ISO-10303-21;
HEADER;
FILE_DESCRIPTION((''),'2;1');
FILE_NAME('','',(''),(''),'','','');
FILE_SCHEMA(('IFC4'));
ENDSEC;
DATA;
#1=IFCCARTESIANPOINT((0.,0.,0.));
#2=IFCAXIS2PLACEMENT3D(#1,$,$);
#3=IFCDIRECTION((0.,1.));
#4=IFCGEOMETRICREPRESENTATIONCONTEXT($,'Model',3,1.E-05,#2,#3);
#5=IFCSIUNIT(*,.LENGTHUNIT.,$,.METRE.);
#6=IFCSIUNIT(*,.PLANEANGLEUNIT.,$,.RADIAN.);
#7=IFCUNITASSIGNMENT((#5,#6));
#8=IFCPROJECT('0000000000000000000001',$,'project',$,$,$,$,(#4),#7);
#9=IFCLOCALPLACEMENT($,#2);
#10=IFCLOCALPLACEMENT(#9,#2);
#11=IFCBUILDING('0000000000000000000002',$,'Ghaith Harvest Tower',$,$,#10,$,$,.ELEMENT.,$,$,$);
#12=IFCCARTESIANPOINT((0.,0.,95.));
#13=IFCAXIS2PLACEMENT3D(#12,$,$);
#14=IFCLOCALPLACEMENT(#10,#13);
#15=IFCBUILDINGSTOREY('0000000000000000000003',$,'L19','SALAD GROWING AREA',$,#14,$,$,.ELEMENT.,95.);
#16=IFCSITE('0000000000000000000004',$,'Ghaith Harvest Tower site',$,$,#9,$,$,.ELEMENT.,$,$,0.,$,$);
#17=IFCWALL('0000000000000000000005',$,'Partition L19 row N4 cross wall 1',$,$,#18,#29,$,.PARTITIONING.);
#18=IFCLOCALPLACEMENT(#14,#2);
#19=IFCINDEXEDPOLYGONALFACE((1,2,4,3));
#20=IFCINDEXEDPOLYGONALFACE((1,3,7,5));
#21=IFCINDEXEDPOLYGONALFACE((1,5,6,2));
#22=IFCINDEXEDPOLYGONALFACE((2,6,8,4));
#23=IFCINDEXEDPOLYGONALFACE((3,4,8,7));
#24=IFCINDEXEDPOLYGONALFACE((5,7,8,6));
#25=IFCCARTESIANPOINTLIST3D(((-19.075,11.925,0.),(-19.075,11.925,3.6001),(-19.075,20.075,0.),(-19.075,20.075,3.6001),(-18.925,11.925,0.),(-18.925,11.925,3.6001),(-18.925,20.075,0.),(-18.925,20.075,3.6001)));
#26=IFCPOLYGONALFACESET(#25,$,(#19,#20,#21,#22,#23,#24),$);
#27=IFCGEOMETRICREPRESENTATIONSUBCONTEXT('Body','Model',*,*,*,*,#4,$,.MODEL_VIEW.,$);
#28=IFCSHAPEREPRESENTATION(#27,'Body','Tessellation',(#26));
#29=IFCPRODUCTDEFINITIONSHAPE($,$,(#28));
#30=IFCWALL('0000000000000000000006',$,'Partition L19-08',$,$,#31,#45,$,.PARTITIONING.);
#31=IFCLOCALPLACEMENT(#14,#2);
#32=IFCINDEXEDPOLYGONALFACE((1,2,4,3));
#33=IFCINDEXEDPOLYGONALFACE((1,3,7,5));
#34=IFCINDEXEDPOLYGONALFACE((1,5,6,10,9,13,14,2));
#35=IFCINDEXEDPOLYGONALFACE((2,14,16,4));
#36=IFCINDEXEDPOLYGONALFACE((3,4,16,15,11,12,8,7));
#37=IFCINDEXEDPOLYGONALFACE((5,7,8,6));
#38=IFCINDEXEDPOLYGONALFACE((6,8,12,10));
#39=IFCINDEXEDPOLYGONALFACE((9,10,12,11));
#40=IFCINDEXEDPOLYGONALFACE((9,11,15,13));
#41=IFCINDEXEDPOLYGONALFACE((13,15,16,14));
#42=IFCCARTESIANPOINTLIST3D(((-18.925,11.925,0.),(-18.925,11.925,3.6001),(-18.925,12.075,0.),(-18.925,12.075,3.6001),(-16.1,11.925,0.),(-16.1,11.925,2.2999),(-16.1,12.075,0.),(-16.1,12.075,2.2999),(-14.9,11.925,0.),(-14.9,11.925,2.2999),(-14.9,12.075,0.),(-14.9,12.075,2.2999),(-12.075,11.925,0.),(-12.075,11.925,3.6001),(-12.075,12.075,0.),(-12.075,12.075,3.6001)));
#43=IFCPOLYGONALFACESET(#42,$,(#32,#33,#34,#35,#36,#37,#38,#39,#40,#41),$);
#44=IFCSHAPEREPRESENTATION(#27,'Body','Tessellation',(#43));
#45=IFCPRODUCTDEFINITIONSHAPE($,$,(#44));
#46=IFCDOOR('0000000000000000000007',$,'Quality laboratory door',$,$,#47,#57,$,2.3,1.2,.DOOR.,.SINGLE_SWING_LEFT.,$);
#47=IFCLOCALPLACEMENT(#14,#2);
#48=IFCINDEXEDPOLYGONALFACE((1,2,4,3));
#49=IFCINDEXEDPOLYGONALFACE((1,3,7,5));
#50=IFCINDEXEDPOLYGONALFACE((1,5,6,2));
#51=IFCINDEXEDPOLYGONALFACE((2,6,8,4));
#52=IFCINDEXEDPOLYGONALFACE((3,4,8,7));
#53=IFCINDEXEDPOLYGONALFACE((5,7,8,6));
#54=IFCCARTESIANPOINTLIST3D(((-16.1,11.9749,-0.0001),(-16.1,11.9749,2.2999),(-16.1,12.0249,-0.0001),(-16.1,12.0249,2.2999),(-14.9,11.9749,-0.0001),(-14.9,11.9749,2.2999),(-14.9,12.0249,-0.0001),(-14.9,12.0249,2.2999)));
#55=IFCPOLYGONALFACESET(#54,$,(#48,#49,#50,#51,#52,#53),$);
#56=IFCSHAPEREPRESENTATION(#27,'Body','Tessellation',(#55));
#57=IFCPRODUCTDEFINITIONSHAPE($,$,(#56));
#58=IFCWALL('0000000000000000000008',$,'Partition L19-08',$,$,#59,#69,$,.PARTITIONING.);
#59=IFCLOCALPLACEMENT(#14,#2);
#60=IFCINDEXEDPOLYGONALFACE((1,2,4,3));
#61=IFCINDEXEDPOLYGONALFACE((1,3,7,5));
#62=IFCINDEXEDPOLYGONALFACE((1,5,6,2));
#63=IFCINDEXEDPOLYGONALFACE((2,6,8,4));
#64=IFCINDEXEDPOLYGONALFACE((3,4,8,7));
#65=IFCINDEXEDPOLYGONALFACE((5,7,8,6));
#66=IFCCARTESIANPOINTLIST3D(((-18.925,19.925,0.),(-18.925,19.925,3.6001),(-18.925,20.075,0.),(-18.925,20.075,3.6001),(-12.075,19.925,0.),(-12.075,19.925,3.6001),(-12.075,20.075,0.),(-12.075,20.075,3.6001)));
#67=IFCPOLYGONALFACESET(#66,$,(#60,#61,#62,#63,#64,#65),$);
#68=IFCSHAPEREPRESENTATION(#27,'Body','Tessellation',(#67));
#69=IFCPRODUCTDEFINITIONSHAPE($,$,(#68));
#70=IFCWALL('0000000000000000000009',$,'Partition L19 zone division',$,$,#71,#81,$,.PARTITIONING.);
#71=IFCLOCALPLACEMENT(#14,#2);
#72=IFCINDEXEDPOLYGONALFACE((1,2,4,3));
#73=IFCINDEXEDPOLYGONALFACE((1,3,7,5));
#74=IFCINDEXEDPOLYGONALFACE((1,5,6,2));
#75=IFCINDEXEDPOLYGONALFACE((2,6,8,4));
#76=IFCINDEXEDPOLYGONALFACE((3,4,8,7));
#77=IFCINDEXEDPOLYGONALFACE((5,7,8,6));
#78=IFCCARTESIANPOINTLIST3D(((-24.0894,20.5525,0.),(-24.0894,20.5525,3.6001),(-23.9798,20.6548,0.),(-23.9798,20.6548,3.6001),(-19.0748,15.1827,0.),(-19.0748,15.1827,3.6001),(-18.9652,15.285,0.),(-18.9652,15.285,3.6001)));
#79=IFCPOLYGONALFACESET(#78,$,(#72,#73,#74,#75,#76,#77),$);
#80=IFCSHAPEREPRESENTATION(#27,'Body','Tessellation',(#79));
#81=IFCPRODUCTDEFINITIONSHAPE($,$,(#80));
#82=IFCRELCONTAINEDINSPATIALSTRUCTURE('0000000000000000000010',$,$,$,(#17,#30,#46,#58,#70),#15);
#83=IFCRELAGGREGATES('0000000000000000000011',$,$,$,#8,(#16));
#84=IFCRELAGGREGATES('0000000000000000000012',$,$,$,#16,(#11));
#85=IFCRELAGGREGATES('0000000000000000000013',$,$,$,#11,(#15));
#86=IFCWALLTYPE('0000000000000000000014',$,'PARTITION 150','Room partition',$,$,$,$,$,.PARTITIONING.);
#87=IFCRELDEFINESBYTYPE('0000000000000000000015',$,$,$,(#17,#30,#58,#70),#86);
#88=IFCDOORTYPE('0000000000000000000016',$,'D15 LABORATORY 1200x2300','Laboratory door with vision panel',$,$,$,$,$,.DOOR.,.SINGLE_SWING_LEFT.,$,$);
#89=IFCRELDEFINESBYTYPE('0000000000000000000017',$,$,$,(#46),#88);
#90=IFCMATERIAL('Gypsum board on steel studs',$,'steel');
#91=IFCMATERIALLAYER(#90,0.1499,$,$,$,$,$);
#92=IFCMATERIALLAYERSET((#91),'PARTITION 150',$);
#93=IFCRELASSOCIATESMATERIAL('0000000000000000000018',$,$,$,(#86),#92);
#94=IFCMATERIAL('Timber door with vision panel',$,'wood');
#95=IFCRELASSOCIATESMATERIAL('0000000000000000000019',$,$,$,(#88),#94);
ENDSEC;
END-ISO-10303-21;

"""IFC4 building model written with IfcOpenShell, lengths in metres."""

from ifc_helpers import new_model, si_unit, direction, frame, frame_2d, origin, place, context, subcontext, project, spatial, rectangle, extrude, material, layer, layer_set, type_object, element, fill, save


model = new_model("IFC4")

# Units and contexts
model_context = context("Model", 3, precision=1e-05, world=origin(), true_north=direction((0.0, 1.0)))
body_context = subcontext(model_context, "Body", "Model", "MODEL_VIEW")
ifc_project = project(units=[si_unit("LENGTHUNIT", "METRE"), si_unit("PLANEANGLEUNIT", "RADIAN")], contexts=[model_context])

# Site, building, storey
site_placement = place(None, origin())
site = spatial("IfcSite", under=ifc_project, at=site_placement, Name="Ghaith Harvest Tower site", CompositionType="ELEMENT", RefElevation=0.0)
building_placement = place(site_placement, origin())
building = spatial("IfcBuilding", under=site, at=building_placement, Name="Ghaith Harvest Tower", CompositionType="ELEMENT")
storey_placement = place(building_placement, frame((0.0, 0.0, 95.0)))
storey = spatial("IfcBuildingStorey", under=building, at=storey_placement, Name="L19", Description="SALAD GROWING AREA", CompositionType="ELEMENT", Elevation=95.0)

# Wall
ifc_material_1 = material(Name="Gypsum board on steel studs", Category="steel")
ifc_layer_1 = layer(ifc_material_1, 0.1499)
ifc_layer_set_1 = layer_set([ifc_layer_1], Name="PARTITION 150")
wall_type = type_object("IfcWallType", Name="PARTITION 150", Description="Room partition", PredefinedType="PARTITIONING", material=ifc_layer_set_1)
wall_1_placement = place(storey_placement, frame((-19.0, 11.925, 0.0), z_axis=(0.0, 0.0, 1.0), x_axis=(0.0, 1.0, 0.0)))
element("IfcWall", 1, at=wall_1_placement, inside=storey, type_object=wall_type, Name="Partition L19 row N4 cross wall 1", PredefinedType="PARTITIONING", context=body_context, shape_type="SweptSolid", body=[
    extrude(rectangle(XDim=8.1499, YDim=0.1499, at=frame_2d((4.075, 0.0))), origin(), (0.0, 0.0, 1.0), 3.6001),
])

# Wall, opening, door
wall_2_placement = place(storey_placement, frame((-18.925, 12.0, 0.0), z_axis=(0.0, 0.0, 1.0), x_axis=(1.0, 0.0, 0.0)))
wall_2 = element("IfcWall", 2, at=wall_2_placement, inside=storey, type_object=wall_type, Name="Partition L19-08", PredefinedType="PARTITIONING", context=body_context, shape_type="SweptSolid", body=[
    extrude(rectangle(XDim=6.8501, YDim=0.1499, at=frame_2d((3.425, 0.0))), origin(), (0.0, 0.0, 1.0), 3.6001),
])
opening_placement = place(wall_2_placement, frame((2.825, 0.0, 0.0)))
opening = element("IfcOpeningElement", 3, at=opening_placement, cuts=wall_2, PredefinedType="OPENING", context=body_context, shape_type="SweptSolid", body=[
    extrude(rectangle(XDim=1.2, YDim=2.3, at=frame_2d((0.6001, 1.1499))), frame((0.0, 0.085, 0.0), z_axis=(0.0, -1.0, 0.0), x_axis=(1.0, 0.0, 0.0)), (0.0, 0.0, 1.0), 0.1699),
])
ifc_material_2 = material(Name="Timber door with vision panel", Category="wood")
door_type = type_object("IfcDoorType", Name="D15 LABORATORY 1200x2300", Description="Laboratory door with vision panel", OperationType="SINGLE_SWING_LEFT", PredefinedType="DOOR", material=ifc_material_2)
door_placement = place(opening_placement, origin())
door = element("IfcDoor", 4, at=door_placement, inside=storey, type_object=door_type, Name="Quality laboratory door", OperationType="SINGLE_SWING_LEFT", OverallHeight=2.3, OverallWidth=1.2, PredefinedType="DOOR", context=body_context, shape_type="SweptSolid", body=[
    extrude(rectangle(XDim=1.2, YDim=2.3, at=frame_2d((0.6001, 1.1499))), frame((0.0, 0.0249, 0.0), z_axis=(0.0, -1.0, 0.0), x_axis=(1.0, 0.0, 0.0)), (0.0, 0.0, 1.0), 0.05),
])
fill(opening, door)

# Walls
wall_3_placement = place(storey_placement, frame((-18.925, 20.0, 0.0), z_axis=(0.0, 0.0, 1.0), x_axis=(1.0, 0.0, 0.0)))
element("IfcWall", 5, at=wall_3_placement, inside=storey, type_object=wall_type, Name="Partition L19-08", PredefinedType="PARTITIONING", context=body_context, shape_type="SweptSolid", body=[
    extrude(rectangle(XDim=6.8501, YDim=0.1499, at=frame_2d((3.425, 0.0))), origin(), (0.0, 0.0, 1.0), 3.6001),
])
wall_4_placement = place(storey_placement, frame((-19.02, 15.2339, 0.0), z_axis=(0.0, 0.0, 1.0), x_axis=(-0.682519, 0.730867, 0.0)))
element("IfcWall", 6, at=wall_4_placement, inside=storey, type_object=wall_type, Name="Partition L19 zone division", PredefinedType="PARTITIONING", context=body_context, shape_type="SweptSolid", body=[
    extrude(rectangle(XDim=7.3472, YDim=0.1499, at=frame_2d((3.6736, 0.0))), origin(), (0.0, 0.0, 1.0), 3.6001),
])

save(model, "model.ifc")
